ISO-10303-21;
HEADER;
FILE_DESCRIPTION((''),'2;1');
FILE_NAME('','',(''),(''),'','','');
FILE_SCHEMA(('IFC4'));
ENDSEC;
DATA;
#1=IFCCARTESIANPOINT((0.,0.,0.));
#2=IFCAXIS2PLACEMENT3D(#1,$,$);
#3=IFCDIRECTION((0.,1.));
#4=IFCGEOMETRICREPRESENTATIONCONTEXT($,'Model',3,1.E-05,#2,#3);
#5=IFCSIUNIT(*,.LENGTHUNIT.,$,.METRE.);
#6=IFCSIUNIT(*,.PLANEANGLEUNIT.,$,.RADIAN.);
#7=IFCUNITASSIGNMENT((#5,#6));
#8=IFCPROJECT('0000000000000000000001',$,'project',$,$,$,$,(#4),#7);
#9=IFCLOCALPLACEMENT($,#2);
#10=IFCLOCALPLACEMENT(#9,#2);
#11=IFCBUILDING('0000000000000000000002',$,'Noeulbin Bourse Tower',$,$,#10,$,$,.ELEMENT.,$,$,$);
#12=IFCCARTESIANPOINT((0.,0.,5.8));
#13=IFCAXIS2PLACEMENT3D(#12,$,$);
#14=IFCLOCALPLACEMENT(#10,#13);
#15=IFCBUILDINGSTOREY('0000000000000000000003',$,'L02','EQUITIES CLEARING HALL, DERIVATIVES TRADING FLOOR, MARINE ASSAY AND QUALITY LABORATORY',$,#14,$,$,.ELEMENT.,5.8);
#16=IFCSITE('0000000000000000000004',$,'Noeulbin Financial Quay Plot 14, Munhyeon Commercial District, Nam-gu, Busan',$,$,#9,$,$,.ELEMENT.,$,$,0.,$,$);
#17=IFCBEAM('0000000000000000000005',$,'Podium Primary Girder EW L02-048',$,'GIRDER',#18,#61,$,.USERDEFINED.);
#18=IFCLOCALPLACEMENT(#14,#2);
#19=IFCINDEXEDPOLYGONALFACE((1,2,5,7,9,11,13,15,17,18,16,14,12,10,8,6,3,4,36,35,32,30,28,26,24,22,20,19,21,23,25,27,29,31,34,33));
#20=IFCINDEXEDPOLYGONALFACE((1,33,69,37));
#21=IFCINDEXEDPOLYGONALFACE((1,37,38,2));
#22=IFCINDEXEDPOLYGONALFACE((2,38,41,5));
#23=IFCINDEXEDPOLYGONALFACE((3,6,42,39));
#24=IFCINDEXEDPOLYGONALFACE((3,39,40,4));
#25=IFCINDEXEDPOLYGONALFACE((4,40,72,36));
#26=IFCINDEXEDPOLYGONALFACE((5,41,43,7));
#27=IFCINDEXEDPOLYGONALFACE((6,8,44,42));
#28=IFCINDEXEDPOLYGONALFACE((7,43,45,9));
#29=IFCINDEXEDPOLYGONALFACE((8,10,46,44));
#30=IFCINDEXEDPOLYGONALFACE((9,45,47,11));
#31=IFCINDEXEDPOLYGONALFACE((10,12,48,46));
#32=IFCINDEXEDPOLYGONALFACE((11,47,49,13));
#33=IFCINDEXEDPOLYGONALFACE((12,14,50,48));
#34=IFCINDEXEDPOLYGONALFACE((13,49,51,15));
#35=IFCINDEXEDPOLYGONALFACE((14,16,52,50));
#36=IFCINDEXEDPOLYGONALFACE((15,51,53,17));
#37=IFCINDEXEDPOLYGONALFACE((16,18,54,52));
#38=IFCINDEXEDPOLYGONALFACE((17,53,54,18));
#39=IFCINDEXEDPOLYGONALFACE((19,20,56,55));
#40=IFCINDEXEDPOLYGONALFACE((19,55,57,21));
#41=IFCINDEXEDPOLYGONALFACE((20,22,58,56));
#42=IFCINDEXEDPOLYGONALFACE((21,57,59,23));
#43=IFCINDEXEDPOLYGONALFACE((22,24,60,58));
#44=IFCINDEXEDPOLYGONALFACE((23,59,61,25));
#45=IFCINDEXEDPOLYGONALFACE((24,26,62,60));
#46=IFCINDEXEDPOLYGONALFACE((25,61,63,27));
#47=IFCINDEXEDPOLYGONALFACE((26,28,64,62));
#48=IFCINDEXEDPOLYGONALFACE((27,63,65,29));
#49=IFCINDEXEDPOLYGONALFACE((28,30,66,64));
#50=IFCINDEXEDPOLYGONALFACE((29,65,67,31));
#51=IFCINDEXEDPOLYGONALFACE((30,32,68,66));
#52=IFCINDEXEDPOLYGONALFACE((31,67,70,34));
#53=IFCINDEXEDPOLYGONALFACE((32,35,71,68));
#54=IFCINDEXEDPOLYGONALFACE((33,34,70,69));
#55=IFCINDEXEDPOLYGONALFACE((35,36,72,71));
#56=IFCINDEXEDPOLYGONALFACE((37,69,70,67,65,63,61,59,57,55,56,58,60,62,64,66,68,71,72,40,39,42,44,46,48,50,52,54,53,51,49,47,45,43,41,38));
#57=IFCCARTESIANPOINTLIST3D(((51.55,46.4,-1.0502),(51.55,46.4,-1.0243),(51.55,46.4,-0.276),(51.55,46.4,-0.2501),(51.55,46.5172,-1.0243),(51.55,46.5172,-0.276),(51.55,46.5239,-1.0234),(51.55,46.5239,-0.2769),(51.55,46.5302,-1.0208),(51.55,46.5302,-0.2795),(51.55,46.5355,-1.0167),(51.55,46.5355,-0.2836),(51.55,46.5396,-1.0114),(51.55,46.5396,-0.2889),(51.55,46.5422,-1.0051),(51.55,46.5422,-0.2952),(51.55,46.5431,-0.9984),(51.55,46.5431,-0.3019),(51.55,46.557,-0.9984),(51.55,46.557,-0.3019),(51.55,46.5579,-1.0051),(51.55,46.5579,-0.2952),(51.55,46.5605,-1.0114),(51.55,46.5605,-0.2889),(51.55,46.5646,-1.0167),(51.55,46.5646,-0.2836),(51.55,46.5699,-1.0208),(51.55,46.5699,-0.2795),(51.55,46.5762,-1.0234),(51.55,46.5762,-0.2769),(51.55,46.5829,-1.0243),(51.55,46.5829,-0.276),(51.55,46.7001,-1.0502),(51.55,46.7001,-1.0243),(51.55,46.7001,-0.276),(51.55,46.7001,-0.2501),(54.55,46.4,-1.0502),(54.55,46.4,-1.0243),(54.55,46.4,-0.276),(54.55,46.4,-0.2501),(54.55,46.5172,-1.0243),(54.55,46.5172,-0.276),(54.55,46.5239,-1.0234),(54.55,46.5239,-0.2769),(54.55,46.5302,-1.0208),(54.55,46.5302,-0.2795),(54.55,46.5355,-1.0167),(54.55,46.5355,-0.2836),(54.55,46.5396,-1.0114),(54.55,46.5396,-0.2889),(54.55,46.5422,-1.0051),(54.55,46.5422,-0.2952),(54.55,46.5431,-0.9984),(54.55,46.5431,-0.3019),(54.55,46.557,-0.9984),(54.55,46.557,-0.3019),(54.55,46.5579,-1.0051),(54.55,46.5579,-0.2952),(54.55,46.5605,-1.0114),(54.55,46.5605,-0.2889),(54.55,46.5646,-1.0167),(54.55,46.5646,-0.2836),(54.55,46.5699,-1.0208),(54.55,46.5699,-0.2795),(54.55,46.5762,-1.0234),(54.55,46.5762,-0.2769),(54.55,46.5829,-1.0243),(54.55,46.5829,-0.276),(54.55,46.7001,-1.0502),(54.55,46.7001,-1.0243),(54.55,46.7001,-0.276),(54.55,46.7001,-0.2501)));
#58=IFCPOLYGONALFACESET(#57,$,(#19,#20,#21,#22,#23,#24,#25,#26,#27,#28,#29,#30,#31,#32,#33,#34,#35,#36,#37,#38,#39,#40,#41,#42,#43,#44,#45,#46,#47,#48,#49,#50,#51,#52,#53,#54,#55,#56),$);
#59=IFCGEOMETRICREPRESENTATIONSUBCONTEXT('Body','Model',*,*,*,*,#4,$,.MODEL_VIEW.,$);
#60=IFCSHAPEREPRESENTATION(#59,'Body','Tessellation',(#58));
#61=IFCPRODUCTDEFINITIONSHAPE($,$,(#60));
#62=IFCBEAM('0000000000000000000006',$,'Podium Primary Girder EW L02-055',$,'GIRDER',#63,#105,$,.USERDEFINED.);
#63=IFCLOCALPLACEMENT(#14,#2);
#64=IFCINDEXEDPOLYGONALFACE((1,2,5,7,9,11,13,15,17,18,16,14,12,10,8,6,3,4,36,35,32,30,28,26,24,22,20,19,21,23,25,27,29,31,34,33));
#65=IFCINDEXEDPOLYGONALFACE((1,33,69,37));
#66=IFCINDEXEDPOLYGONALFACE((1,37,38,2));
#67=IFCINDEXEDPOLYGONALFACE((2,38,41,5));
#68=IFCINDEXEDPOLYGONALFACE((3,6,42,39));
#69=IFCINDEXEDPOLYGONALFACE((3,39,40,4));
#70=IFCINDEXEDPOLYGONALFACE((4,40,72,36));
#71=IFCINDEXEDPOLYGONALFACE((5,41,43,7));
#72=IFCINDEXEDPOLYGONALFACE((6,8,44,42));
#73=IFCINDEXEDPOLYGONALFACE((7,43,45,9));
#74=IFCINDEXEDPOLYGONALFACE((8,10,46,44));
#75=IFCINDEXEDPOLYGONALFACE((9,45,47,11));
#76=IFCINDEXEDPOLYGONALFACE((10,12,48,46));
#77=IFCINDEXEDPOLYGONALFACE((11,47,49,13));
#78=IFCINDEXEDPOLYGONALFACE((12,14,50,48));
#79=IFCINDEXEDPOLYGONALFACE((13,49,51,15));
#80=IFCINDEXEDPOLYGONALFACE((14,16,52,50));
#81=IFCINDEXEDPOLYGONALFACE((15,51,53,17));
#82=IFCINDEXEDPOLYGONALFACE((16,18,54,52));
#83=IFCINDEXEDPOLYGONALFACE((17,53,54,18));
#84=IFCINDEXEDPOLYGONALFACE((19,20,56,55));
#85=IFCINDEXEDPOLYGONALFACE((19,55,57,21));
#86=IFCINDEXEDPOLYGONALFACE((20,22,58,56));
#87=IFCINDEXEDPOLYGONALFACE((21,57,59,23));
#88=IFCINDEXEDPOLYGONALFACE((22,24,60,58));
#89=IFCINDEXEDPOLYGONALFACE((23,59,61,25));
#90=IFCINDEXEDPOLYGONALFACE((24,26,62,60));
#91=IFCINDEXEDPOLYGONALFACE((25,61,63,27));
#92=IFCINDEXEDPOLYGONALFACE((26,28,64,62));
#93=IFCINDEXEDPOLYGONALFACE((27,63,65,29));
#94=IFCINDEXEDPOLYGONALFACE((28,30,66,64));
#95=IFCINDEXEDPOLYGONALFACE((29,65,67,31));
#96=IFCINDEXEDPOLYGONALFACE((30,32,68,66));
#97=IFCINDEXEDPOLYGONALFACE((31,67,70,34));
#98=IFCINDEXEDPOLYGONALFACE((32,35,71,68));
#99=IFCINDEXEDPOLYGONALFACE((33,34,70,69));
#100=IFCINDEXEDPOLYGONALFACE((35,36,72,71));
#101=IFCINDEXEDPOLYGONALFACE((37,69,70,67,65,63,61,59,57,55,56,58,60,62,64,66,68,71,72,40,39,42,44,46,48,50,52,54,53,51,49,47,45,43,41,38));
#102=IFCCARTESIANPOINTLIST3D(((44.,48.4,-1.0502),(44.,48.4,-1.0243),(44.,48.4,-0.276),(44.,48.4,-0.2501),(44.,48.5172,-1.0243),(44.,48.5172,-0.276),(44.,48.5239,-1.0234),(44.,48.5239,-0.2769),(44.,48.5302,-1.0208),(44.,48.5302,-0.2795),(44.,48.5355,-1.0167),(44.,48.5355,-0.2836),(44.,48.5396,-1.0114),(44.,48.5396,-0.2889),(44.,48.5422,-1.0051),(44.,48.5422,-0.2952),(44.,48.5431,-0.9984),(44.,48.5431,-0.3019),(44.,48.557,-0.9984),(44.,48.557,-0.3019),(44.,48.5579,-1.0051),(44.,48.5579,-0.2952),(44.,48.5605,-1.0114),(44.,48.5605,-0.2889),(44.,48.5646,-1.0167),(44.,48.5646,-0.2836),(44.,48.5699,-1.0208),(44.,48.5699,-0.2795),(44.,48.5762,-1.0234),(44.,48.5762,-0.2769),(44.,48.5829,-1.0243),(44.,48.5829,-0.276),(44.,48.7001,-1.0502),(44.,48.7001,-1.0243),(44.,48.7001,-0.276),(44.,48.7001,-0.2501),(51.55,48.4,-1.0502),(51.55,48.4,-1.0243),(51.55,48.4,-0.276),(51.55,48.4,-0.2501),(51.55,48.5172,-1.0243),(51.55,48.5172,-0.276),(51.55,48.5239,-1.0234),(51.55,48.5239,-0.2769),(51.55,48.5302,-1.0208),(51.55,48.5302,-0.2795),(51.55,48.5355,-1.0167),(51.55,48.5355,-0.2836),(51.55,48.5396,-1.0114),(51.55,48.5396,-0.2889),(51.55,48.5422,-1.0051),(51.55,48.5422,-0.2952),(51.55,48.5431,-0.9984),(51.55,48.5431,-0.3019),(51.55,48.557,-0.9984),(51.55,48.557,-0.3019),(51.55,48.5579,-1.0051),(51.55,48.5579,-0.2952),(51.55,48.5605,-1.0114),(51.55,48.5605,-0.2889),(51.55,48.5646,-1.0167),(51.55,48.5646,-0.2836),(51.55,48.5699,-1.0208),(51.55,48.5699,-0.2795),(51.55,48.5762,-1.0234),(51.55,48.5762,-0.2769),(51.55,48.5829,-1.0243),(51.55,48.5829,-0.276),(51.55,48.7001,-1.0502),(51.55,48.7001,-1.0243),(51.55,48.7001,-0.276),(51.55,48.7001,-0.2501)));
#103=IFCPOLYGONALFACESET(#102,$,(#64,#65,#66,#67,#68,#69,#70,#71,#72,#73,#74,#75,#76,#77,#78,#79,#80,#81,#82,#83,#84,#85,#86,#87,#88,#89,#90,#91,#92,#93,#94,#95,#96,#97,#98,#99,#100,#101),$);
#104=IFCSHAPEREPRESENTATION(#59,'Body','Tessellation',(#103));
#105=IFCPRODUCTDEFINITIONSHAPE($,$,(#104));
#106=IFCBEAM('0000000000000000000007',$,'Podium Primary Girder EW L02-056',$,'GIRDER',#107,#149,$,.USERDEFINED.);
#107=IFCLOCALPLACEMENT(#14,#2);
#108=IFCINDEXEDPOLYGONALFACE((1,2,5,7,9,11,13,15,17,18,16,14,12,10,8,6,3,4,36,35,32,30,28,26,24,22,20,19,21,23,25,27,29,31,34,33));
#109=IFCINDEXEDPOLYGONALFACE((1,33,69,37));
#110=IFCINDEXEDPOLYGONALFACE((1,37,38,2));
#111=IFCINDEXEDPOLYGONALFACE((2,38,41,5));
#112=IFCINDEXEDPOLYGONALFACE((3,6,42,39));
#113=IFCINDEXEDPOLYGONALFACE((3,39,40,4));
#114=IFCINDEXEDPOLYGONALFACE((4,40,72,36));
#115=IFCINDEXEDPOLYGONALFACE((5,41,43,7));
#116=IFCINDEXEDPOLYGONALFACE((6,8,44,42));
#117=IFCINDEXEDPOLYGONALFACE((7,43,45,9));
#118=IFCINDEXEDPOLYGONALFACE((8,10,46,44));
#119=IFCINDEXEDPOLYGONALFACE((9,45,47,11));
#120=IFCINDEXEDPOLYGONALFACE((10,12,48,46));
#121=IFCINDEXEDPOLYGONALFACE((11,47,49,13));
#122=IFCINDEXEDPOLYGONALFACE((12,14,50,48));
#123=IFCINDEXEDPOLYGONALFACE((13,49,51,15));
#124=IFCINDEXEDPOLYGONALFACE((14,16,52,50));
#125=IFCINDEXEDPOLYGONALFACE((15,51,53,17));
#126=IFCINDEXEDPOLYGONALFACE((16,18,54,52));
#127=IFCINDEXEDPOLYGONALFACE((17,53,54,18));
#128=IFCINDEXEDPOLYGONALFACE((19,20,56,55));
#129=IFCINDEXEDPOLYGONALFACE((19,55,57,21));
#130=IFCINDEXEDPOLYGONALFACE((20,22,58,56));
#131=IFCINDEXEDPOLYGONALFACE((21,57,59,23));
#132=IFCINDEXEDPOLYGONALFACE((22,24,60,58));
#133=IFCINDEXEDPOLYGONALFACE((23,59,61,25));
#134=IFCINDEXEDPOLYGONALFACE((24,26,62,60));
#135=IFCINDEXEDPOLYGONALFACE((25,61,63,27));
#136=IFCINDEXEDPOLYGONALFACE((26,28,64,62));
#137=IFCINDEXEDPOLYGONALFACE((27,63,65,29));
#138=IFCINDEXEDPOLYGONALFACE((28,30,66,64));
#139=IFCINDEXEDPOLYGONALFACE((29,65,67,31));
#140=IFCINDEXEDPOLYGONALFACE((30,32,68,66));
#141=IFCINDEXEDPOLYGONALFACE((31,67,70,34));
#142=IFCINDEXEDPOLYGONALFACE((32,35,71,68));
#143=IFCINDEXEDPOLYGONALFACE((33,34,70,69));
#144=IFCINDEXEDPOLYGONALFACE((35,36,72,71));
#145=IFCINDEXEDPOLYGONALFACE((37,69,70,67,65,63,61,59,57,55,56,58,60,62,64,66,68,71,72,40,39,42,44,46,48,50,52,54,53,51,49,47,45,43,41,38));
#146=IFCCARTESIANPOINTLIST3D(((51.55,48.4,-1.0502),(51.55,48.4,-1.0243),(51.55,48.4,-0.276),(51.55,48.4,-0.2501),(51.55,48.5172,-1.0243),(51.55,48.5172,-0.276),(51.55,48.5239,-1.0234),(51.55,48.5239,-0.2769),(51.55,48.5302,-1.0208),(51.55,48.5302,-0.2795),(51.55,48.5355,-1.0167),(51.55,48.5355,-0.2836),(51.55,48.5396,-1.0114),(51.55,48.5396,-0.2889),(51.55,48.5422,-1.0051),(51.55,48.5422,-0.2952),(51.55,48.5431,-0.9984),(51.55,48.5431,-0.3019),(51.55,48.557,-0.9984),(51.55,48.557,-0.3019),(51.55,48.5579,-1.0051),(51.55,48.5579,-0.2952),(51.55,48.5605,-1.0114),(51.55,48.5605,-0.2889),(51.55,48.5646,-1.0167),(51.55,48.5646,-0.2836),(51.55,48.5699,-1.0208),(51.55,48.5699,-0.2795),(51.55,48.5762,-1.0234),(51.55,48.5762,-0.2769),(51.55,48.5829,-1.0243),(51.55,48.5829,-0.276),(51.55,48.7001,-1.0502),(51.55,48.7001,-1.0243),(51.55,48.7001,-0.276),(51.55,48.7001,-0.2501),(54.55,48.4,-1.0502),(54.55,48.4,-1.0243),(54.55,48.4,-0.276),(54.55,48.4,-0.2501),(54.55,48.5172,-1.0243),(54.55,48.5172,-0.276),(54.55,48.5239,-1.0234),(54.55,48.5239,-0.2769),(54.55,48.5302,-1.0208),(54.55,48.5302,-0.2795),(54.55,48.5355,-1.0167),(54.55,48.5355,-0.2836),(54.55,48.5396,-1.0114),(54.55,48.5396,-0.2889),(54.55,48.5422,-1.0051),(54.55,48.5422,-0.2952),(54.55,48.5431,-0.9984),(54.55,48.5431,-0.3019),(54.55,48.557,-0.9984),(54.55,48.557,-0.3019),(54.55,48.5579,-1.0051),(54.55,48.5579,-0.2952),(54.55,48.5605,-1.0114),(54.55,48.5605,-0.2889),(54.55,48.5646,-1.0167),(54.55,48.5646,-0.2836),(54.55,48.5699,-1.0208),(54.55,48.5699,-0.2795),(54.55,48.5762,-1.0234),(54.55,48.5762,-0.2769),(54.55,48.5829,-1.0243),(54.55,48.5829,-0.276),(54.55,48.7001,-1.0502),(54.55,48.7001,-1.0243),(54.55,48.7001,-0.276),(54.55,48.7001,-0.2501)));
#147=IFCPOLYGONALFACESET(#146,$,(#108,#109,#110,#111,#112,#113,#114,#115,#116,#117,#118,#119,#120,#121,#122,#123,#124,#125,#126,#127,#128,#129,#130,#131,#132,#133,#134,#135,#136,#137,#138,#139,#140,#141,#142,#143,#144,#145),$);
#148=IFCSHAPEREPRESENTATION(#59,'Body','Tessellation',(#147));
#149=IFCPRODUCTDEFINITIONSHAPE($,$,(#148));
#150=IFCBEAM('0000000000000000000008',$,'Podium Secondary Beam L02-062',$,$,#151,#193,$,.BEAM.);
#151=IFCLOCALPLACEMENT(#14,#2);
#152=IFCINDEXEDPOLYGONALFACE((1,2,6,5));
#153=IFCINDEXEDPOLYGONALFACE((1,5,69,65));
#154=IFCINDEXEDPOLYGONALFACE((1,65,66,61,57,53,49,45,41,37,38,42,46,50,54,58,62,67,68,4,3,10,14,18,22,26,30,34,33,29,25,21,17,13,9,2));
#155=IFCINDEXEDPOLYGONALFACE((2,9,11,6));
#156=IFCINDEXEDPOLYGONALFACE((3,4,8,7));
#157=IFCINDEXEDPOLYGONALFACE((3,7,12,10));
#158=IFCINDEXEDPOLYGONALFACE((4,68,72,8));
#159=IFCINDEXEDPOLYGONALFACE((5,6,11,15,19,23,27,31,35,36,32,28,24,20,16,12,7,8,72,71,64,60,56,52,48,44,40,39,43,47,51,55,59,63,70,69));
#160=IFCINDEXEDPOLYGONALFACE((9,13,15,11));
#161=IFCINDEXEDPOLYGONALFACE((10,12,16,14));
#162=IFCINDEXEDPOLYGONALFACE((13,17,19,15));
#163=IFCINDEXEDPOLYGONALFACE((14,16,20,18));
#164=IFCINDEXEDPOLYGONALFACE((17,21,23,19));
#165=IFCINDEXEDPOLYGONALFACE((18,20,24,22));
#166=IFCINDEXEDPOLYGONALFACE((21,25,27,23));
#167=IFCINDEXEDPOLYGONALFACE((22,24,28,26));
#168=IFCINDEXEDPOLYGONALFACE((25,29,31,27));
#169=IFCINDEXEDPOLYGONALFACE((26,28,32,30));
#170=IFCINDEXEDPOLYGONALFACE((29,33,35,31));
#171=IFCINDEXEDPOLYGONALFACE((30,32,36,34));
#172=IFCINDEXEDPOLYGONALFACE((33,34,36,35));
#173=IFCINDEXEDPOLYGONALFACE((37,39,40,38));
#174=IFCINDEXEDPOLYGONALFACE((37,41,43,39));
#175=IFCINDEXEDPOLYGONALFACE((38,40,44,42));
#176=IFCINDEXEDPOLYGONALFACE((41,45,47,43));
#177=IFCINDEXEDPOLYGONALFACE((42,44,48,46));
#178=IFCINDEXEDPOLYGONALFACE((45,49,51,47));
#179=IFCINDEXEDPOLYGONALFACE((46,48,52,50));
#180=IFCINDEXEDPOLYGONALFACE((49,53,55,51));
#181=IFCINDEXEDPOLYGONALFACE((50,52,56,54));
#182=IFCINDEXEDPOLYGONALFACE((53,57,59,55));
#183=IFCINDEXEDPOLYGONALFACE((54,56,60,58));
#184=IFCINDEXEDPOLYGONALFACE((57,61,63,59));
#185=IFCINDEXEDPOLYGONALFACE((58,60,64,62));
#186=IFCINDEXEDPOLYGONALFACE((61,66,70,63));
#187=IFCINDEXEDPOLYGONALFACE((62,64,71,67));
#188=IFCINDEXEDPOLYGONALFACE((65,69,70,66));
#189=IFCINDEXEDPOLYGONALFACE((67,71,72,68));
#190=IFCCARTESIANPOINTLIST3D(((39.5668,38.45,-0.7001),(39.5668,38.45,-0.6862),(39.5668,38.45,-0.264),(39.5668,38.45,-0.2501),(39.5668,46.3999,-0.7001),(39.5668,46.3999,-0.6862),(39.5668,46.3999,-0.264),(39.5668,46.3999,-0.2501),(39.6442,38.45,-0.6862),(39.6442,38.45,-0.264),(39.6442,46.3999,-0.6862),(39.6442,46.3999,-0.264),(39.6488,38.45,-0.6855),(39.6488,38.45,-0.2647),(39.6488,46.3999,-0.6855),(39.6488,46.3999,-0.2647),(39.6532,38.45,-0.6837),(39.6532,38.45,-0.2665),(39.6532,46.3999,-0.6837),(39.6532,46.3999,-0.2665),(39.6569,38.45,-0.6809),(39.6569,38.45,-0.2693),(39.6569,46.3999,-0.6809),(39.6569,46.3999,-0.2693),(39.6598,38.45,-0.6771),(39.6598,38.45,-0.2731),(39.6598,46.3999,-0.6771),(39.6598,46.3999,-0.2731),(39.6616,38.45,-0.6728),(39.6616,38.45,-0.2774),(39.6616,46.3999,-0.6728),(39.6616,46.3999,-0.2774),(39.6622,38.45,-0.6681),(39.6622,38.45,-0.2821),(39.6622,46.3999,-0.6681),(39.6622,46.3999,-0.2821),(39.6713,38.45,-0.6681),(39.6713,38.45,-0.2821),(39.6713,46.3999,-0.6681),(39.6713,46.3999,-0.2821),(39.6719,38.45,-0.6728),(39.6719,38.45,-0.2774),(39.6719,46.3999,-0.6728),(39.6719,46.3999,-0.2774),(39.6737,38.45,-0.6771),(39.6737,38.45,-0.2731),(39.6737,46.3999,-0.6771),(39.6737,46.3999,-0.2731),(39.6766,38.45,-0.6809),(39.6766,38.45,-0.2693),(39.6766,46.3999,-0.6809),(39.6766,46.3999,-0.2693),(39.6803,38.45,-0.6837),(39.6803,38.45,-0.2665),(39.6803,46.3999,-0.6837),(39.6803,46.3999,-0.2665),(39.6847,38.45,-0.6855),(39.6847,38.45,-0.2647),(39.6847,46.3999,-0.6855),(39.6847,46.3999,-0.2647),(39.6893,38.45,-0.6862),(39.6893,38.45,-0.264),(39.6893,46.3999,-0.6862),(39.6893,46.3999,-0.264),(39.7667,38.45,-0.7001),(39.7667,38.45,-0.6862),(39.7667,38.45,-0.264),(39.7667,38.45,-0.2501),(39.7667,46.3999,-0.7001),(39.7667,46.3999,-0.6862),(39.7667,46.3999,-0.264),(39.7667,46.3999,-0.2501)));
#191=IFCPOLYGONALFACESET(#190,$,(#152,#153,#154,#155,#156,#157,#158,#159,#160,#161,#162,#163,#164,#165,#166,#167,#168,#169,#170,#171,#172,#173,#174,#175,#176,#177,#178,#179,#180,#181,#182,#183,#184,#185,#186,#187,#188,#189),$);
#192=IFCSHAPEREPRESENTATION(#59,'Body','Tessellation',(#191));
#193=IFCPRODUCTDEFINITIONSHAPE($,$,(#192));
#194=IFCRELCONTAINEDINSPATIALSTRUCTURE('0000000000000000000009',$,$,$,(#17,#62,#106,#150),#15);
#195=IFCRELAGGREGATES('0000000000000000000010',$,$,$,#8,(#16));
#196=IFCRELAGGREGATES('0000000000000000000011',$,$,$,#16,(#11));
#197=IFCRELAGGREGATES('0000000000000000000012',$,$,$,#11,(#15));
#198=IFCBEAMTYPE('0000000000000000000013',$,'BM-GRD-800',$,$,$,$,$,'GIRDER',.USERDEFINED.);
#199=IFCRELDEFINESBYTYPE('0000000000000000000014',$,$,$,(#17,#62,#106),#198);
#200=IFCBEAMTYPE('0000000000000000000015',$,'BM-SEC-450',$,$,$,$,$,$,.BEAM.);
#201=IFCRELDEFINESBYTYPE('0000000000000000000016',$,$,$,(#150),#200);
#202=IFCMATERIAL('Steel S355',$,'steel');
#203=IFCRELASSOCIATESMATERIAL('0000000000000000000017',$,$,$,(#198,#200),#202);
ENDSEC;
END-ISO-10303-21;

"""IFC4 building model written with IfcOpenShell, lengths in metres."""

from ifc_helpers import new_model, si_unit, direction, frame, origin, origin_2d, place, context, subcontext, project, spatial, i_section, extrude, material, material_profile, profile_set, type_object, element, save


model = new_model("IFC4")

# Units and contexts
model_context = context("Model", 3, precision=1e-05, world=origin(), true_north=direction((0.0, 1.0)))
body_context = subcontext(model_context, "Body", "Model", "MODEL_VIEW")
ifc_project = project(units=[si_unit("LENGTHUNIT", "METRE"), si_unit("PLANEANGLEUNIT", "RADIAN")], contexts=[model_context])

# Site, building, storey
site_placement = place(None, origin())
site = spatial("IfcSite", under=ifc_project, at=site_placement, Name="Noeulbin Financial Quay Plot 14, Munhyeon Commercial District, Nam-gu, Busan", CompositionType="ELEMENT", RefElevation=0.0)
building_placement = place(site_placement, origin())
building = spatial("IfcBuilding", under=site, at=building_placement, Name="Noeulbin Bourse Tower", CompositionType="ELEMENT")
storey_placement = place(building_placement, frame((0.0, 0.0, 5.8)))
storey = spatial("IfcBuildingStorey", under=building, at=storey_placement, Name="L02", Description="EQUITIES CLEARING HALL, DERIVATIVES TRADING FLOOR, MARINE ASSAY AND QUALITY LABORATORY", CompositionType="ELEMENT", Elevation=5.8)

# Beams
ifc_material_1 = material(Name="Steel S355", Category="steel")
ifc_material_profile_1 = material_profile(ifc_material_1, i_section(OverallWidth=0.3, OverallDepth=0.8, WebThickness=0.0139, FlangeThickness=0.0259, FilletRadius=0.0259, at=origin_2d()), Name="H-800x300x14x26", Category="LoadBearing")
ifc_profile_set_1 = profile_set([ifc_material_profile_1], Name="Steel S355")
beam_type_1 = type_object("IfcBeamType", Name="BM-GRD-800", ElementType="GIRDER", PredefinedType="USERDEFINED", material=ifc_profile_set_1)
beam_1_placement = place(storey_placement, frame((51.55, 46.55, -0.6501), z_axis=(1.0, 0.0, 0.0), x_axis=(0.0, 1.0, 0.0)))
element("IfcBeam", 1, at=beam_1_placement, inside=storey, type_object=beam_type_1, Name="Podium Primary Girder EW L02-048", ObjectType="GIRDER", PredefinedType="USERDEFINED", context=body_context, shape_type="SweptSolid", body=[
    extrude(i_section(OverallWidth=0.3, OverallDepth=0.8, WebThickness=0.0139, FlangeThickness=0.0259, FilletRadius=0.0259, at=origin_2d()), origin(), (0.0, 0.0, 1.0), 3.0),
])
beam_2_placement = place(storey_placement, frame((44.0, 48.55, -0.6501), z_axis=(1.0, 0.0, 0.0), x_axis=(0.0, 1.0, 0.0)))
element("IfcBeam", 2, at=beam_2_placement, inside=storey, type_object=beam_type_1, Name="Podium Primary Girder EW L02-055", ObjectType="GIRDER", PredefinedType="USERDEFINED", context=body_context, shape_type="SweptSolid", body=[
    extrude(i_section(OverallWidth=0.3, OverallDepth=0.8, WebThickness=0.0139, FlangeThickness=0.0259, FilletRadius=0.0259, at=origin_2d()), origin(), (0.0, 0.0, 1.0), 7.55),
])
beam_3_placement = place(storey_placement, frame((51.55, 48.55, -0.6501), z_axis=(1.0, 0.0, 0.0), x_axis=(0.0, 1.0, 0.0)))
element("IfcBeam", 3, at=beam_3_placement, inside=storey, type_object=beam_type_1, Name="Podium Primary Girder EW L02-056", ObjectType="GIRDER", PredefinedType="USERDEFINED", context=body_context, shape_type="SweptSolid", body=[
    extrude(i_section(OverallWidth=0.3, OverallDepth=0.8, WebThickness=0.0139, FlangeThickness=0.0259, FilletRadius=0.0259, at=origin_2d()), origin(), (0.0, 0.0, 1.0), 3.0),
])
ifc_material_profile_2 = material_profile(ifc_material_1, i_section(OverallWidth=0.2, OverallDepth=0.45, WebThickness=0.009, FlangeThickness=0.0139, FilletRadius=0.0181, at=origin_2d()), Name="H-450x200x9x14", Category="LoadBearing")
ifc_profile_set_2 = profile_set([ifc_material_profile_2], Name="Steel S355")
beam_type_2 = type_object("IfcBeamType", Name="BM-SEC-450", PredefinedType="BEAM", material=ifc_profile_set_2)
beam_4_placement = place(storey_placement, frame((39.6667, 38.45, -0.4751), z_axis=(0.0, 1.0, 0.0), x_axis=(-1.0, 0.0, 0.0)))
element("IfcBeam", 4, at=beam_4_placement, inside=storey, type_object=beam_type_2, Name="Podium Secondary Beam L02-062", PredefinedType="BEAM", context=body_context, shape_type="SweptSolid", body=[
    extrude(i_section(OverallWidth=0.2, OverallDepth=0.45, WebThickness=0.009, FlangeThickness=0.0139, FilletRadius=0.0181, at=origin_2d()), origin(), (0.0, 0.0, 1.0), 7.95),
])

save(model, "model.ifc")
